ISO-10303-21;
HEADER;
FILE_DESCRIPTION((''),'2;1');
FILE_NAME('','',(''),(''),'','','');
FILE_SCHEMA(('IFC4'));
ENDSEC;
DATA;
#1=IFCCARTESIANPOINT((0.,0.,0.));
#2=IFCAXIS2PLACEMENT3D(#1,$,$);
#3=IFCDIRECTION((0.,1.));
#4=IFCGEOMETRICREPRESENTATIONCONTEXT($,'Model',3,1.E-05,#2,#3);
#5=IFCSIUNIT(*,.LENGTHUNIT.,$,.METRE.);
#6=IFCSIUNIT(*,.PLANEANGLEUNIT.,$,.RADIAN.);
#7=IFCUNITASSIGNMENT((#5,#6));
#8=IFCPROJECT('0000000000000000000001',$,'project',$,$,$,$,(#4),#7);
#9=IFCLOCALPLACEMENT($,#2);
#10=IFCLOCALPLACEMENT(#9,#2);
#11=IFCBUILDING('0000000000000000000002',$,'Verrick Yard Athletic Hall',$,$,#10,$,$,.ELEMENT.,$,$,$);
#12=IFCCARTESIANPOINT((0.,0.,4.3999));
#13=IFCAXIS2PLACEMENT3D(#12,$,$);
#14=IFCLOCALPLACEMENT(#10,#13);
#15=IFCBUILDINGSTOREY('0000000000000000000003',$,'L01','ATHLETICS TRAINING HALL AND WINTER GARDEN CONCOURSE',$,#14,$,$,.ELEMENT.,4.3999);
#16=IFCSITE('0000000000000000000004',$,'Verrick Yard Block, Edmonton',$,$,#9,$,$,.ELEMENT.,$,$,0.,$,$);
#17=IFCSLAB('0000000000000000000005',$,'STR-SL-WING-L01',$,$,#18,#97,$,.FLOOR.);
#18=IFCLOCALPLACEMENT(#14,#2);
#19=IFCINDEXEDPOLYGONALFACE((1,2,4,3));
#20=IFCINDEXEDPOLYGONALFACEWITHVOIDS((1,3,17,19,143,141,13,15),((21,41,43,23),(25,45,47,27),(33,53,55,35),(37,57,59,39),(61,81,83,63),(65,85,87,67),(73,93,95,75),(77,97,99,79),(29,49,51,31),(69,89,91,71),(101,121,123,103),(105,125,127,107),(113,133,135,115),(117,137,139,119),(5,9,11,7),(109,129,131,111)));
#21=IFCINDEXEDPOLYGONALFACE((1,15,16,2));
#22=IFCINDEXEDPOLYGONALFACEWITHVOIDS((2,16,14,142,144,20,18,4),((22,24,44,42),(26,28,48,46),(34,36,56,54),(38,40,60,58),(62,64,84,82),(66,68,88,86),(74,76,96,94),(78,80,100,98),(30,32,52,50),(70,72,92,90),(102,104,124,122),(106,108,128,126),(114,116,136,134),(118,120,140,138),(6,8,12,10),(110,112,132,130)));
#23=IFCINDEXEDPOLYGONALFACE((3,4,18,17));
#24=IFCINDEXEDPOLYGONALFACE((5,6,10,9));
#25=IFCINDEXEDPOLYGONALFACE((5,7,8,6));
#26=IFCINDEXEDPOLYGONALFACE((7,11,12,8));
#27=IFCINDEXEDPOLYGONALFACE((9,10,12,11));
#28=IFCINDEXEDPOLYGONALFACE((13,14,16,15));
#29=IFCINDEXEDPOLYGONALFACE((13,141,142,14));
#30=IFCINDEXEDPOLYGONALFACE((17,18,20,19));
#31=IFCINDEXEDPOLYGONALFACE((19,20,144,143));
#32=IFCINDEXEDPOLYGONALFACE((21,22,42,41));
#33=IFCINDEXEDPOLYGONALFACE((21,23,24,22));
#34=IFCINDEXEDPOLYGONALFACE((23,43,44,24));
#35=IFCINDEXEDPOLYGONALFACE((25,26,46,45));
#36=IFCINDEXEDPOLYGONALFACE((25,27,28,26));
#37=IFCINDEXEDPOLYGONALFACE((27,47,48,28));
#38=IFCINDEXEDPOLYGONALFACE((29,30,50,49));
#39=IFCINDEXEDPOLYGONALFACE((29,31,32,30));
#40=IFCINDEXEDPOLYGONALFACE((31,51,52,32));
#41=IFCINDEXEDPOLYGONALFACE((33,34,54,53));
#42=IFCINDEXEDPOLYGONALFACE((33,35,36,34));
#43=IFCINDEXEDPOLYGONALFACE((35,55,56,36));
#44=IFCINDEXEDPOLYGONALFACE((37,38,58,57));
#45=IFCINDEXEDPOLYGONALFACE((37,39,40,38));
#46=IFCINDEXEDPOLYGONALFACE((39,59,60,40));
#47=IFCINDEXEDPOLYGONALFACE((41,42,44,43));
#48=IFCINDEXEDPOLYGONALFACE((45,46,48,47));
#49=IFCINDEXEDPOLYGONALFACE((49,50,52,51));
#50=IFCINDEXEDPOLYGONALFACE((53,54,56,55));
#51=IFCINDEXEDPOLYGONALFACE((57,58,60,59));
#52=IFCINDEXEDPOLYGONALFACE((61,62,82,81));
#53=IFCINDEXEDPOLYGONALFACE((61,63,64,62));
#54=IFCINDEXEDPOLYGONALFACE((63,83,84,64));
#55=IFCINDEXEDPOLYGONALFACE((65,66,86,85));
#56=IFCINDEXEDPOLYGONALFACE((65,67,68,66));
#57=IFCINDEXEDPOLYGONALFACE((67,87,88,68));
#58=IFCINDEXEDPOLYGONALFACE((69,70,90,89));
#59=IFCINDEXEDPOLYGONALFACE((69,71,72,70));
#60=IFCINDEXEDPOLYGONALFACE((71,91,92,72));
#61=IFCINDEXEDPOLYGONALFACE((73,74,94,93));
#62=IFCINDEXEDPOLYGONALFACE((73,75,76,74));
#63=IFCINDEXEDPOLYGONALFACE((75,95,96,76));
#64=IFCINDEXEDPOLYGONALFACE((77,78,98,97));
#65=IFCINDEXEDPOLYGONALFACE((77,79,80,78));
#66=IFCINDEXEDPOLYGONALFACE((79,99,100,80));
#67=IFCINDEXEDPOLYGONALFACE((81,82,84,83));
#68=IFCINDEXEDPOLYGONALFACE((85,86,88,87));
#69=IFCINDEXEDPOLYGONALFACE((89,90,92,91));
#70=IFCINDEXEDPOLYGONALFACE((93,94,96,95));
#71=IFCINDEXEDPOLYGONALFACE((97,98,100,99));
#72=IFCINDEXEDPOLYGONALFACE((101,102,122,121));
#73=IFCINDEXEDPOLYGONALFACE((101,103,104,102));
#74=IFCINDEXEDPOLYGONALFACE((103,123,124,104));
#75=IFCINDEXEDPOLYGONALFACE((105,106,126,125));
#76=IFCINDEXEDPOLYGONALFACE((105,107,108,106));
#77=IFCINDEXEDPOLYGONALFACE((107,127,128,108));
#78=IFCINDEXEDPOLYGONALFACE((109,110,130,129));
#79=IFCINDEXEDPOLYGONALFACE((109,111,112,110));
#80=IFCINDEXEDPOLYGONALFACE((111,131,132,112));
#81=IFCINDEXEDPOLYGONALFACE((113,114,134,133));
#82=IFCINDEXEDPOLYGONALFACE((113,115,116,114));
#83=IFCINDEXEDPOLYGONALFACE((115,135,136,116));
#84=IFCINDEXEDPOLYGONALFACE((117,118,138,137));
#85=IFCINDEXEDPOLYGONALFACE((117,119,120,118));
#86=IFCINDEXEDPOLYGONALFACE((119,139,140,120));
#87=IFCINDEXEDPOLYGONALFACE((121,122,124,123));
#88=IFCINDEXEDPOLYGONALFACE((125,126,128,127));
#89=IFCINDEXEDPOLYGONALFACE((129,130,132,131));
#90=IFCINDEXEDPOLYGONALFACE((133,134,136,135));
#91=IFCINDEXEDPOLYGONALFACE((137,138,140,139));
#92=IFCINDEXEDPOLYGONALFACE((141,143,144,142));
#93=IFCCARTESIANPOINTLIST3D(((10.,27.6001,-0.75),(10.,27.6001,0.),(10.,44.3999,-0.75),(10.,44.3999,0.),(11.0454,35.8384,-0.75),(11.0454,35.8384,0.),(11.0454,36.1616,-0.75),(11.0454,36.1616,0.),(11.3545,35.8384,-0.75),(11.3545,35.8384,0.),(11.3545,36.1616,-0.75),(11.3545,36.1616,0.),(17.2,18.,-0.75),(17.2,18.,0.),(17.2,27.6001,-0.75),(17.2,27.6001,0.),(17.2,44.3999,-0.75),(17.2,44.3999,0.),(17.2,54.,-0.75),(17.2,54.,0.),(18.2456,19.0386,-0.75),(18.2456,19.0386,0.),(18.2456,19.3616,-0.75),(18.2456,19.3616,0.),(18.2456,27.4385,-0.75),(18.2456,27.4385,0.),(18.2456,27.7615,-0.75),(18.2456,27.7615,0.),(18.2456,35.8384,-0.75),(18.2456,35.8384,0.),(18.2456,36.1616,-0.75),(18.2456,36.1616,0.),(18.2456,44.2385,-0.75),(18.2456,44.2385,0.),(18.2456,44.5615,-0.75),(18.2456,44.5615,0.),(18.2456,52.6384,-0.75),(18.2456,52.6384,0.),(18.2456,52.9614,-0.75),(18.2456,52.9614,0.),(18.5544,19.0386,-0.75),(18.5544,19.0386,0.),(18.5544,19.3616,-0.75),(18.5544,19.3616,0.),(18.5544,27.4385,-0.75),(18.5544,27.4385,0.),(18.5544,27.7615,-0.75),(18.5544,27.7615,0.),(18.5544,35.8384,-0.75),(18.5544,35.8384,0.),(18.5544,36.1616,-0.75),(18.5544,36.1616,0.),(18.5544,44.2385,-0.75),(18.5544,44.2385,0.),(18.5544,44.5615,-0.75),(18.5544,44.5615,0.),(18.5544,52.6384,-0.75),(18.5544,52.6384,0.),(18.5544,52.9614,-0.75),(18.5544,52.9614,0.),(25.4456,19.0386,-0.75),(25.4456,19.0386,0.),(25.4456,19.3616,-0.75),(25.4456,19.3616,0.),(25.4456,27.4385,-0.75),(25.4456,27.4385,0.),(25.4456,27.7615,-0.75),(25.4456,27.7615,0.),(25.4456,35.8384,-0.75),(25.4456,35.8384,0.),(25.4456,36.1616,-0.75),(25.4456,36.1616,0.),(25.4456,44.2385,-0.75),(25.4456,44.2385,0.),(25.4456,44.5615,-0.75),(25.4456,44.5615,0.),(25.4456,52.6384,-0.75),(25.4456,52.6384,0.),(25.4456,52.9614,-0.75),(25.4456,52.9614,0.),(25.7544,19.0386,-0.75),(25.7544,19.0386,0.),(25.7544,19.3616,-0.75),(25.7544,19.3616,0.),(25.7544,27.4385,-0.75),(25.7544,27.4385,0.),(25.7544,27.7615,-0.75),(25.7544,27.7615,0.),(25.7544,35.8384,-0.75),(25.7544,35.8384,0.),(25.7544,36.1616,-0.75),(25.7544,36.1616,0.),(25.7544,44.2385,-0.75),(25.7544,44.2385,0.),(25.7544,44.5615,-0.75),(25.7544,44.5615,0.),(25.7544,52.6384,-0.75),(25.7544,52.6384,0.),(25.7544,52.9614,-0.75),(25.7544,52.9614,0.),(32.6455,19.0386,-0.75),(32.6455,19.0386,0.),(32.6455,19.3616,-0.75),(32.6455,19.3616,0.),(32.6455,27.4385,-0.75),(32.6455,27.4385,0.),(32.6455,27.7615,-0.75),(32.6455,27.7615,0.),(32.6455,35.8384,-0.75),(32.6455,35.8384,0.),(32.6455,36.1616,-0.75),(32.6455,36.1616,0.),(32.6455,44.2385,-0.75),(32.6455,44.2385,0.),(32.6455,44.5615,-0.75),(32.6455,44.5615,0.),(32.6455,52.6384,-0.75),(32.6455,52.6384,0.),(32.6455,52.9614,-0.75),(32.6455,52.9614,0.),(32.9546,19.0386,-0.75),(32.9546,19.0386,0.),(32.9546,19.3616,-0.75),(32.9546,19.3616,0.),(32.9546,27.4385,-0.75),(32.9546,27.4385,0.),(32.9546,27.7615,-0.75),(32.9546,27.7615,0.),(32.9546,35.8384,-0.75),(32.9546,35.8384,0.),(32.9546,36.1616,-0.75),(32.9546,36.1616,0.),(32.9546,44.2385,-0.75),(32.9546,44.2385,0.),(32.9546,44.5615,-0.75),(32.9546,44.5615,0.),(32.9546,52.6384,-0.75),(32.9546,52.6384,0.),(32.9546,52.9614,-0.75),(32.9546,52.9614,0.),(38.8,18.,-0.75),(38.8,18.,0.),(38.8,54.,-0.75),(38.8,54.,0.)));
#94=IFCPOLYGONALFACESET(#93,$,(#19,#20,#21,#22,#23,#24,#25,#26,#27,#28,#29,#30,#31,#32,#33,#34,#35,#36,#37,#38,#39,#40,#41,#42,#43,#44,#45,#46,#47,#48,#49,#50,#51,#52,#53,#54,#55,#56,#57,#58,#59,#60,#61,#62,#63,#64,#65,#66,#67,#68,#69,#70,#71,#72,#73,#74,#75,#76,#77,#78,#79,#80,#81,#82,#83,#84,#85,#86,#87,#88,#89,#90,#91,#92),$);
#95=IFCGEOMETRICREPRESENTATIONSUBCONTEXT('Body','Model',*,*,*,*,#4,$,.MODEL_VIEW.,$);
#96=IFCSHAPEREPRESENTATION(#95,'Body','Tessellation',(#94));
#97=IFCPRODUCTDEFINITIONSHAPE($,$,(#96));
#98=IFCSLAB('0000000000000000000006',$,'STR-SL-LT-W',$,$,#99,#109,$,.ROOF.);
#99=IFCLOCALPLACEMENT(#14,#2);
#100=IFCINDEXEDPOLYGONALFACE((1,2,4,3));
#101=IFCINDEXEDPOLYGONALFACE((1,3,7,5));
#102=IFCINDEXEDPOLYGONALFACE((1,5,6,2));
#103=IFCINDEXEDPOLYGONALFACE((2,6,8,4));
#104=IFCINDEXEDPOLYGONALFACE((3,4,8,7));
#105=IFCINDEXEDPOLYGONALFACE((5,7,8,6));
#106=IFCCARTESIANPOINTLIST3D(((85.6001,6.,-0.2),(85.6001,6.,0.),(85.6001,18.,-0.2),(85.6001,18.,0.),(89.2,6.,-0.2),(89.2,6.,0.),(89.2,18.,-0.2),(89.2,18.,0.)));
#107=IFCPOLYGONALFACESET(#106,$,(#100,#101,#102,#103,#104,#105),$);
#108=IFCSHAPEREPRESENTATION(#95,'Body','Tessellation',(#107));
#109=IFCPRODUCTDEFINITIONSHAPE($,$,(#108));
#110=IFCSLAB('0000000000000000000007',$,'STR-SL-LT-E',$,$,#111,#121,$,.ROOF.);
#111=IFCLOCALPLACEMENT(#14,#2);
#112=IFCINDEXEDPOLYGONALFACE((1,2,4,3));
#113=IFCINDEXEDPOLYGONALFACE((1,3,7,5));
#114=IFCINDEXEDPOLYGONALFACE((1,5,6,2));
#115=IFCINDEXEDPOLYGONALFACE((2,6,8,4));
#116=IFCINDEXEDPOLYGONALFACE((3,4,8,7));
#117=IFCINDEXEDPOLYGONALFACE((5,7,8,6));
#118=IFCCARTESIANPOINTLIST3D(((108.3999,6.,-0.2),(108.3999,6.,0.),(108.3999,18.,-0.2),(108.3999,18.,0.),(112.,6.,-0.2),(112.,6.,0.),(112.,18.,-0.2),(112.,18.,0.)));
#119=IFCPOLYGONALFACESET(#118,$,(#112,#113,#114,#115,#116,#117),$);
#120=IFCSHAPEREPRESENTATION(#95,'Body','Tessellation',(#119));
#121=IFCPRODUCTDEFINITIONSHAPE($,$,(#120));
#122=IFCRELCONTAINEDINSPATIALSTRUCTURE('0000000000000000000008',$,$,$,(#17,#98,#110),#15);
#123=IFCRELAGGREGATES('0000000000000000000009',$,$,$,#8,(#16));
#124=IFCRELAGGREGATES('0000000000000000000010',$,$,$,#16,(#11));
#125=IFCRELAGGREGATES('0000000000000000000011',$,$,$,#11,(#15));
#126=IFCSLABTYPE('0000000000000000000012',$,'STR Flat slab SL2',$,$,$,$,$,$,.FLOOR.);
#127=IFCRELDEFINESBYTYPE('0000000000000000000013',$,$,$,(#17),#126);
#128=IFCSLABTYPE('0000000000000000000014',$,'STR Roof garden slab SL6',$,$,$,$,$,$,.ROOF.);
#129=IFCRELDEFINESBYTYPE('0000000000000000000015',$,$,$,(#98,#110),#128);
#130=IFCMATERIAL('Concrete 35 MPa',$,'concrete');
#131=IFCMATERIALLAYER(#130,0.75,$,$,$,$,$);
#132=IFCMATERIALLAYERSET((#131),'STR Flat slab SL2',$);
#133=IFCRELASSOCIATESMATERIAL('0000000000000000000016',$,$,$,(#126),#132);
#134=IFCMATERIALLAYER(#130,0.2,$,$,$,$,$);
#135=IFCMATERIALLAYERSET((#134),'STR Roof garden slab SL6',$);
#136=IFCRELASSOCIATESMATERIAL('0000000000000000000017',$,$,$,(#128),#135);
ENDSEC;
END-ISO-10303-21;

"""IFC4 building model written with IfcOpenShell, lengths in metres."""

from ifc_helpers import new_model, si_unit, direction, frame, origin, place, context, subcontext, project, spatial, polyline, outline, extrude, material, layer, layer_set, type_object, element, save


model = new_model("IFC4")

# Units and contexts
model_context = context("Model", 3, precision=1e-05, world=origin(), true_north=direction((0.0, 1.0)))
body_context = subcontext(model_context, "Body", "Model", "MODEL_VIEW")
ifc_project = project(units=[si_unit("LENGTHUNIT", "METRE"), si_unit("PLANEANGLEUNIT", "RADIAN")], contexts=[model_context])

# Site, building, storey
site_placement = place(None, origin())
site = spatial("IfcSite", under=ifc_project, at=site_placement, Name="Verrick Yard Block, Edmonton", CompositionType="ELEMENT", RefElevation=0.0)
building_placement = place(site_placement, origin())
building = spatial("IfcBuilding", under=site, at=building_placement, Name="Verrick Yard Athletic Hall", CompositionType="ELEMENT")
storey_placement = place(building_placement, frame((0.0, 0.0, 4.3999)))
storey = spatial("IfcBuildingStorey", under=building, at=storey_placement, Name="L01", Description="ATHLETICS TRAINING HALL AND WINTER GARDEN CONCOURSE", CompositionType="ELEMENT", Elevation=4.3999)

# Slabs
ifc_material = material(Name="Concrete 35 MPa", Category="concrete")
ifc_layer_1 = layer(ifc_material, 0.75)
ifc_layer_set_1 = layer_set([ifc_layer_1], Name="STR Flat slab SL2")
slab_type_1 = type_object("IfcSlabType", Name="STR Flat slab SL2", PredefinedType="FLOOR", material=ifc_layer_set_1)
slab_1_placement = place(storey_placement, frame((0.0, 0.0, -0.75)))
element("IfcSlab", 1, at=slab_1_placement, inside=storey, type_object=slab_type_1, Name="STR-SL-WING-L01", PredefinedType="FLOOR", context=body_context, shape_type="SweptSolid", body=[
    extrude(outline(polyline([(38.8, 54.0), (17.2, 54.0), (17.2, 44.3999), (10.0, 44.3999), (10.0, 27.6001), (17.2, 27.6001), (17.2, 18.0), (38.8, 18.0), (38.8, 54.0)]), holes=[polyline([(18.5544, 19.3616), (18.5544, 19.0386), (18.2456, 19.0386), (18.2456, 19.3616), (18.5544, 19.3616)]), polyline([(18.5544, 27.7615), (18.5544, 27.4385), (18.2456, 27.4385), (18.2456, 27.7615), (18.5544, 27.7615)]), polyline([(11.3545, 35.8384), (11.0454, 35.8384), (11.0454, 36.1616), (11.3545, 36.1616), (11.3545, 35.8384)]), polyline([(18.5544, 35.8384), (18.2456, 35.8384), (18.2456, 36.1616), (18.5544, 36.1616), (18.5544, 35.8384)]), polyline([(25.7544, 36.1616), (25.7544, 35.8384), (25.4456, 35.8384), (25.4456, 36.1616), (25.7544, 36.1616)]), polyline([(18.5544, 44.5615), (18.5544, 44.2385), (18.2456, 44.2385), (18.2456, 44.5615), (18.5544, 44.5615)]), polyline([(25.7544, 44.5615), (25.7544, 44.2385), (25.4456, 44.2385), (25.4456, 44.5615), (25.7544, 44.5615)]), polyline([(18.5544, 52.6384), (18.2456, 52.6384), (18.2456, 52.9614), (18.5544, 52.9614), (18.5544, 52.6384)]), polyline([(25.7544, 52.9614), (25.7544, 52.6384), (25.4456, 52.6384), (25.4456, 52.9614), (25.7544, 52.9614)]), polyline([(25.7544, 19.3616), (25.7544, 19.0386), (25.4456, 19.0386), (25.4456, 19.3616), (25.7544, 19.3616)]), polyline([(32.9546, 19.3616), (32.9546, 19.0386), (32.6455, 19.0386), (32.6455, 19.3616), (32.9546, 19.3616)]), polyline([(25.7544, 27.4385), (25.4456, 27.4385), (25.4456, 27.7615), (25.7544, 27.7615), (25.7544, 27.4385)]), polyline([(32.9546, 27.7615), (32.9546, 27.4385), (32.6455, 27.4385), (32.6455, 27.7615), (32.9546, 27.7615)]), polyline([(32.9546, 35.8384), (32.6455, 35.8384), (32.6455, 36.1616), (32.9546, 36.1616), (32.9546, 35.8384)]), polyline([(32.9546, 44.5615), (32.9546, 44.2385), (32.6455, 44.2385), (32.6455, 44.5615), (32.9546, 44.5615)]), polyline([(32.9546, 52.6384), (32.6455, 52.6384), (32.6455, 52.9614), (32.9546, 52.9614), (32.9546, 52.6384)])]), origin(), (0.0, 0.0, 1.0), 0.75),
])
ifc_layer_2 = layer(ifc_material, 0.2)
ifc_layer_set_2 = layer_set([ifc_layer_2], Name="STR Roof garden slab SL6")
slab_type_2 = type_object("IfcSlabType", Name="STR Roof garden slab SL6", PredefinedType="ROOF", material=ifc_layer_set_2)
slab_2_placement = place(storey_placement, frame((0.0, 0.0, -0.2)))
element("IfcSlab", 2, at=slab_2_placement, inside=storey, type_object=slab_type_2, Name="STR-SL-LT-W", PredefinedType="ROOF", context=body_context, shape_type="SweptSolid", body=[
    extrude(outline(polyline([(85.6001, 6.0), (89.2, 6.0), (89.2, 18.0), (85.6001, 18.0), (85.6001, 6.0)])), origin(), (0.0, 0.0, 1.0), 0.2),
])
slab_3_placement = place(storey_placement, frame((0.0, 0.0, -0.2)))
element("IfcSlab", 3, at=slab_3_placement, inside=storey, type_object=slab_type_2, Name="STR-SL-LT-E", PredefinedType="ROOF", context=body_context, shape_type="SweptSolid", body=[
    extrude(outline(polyline([(108.3999, 6.0), (112.0, 6.0), (112.0, 18.0), (108.3999, 18.0), (108.3999, 6.0)])), origin(), (0.0, 0.0, 1.0), 0.2),
])

save(model, "model.ifc")
